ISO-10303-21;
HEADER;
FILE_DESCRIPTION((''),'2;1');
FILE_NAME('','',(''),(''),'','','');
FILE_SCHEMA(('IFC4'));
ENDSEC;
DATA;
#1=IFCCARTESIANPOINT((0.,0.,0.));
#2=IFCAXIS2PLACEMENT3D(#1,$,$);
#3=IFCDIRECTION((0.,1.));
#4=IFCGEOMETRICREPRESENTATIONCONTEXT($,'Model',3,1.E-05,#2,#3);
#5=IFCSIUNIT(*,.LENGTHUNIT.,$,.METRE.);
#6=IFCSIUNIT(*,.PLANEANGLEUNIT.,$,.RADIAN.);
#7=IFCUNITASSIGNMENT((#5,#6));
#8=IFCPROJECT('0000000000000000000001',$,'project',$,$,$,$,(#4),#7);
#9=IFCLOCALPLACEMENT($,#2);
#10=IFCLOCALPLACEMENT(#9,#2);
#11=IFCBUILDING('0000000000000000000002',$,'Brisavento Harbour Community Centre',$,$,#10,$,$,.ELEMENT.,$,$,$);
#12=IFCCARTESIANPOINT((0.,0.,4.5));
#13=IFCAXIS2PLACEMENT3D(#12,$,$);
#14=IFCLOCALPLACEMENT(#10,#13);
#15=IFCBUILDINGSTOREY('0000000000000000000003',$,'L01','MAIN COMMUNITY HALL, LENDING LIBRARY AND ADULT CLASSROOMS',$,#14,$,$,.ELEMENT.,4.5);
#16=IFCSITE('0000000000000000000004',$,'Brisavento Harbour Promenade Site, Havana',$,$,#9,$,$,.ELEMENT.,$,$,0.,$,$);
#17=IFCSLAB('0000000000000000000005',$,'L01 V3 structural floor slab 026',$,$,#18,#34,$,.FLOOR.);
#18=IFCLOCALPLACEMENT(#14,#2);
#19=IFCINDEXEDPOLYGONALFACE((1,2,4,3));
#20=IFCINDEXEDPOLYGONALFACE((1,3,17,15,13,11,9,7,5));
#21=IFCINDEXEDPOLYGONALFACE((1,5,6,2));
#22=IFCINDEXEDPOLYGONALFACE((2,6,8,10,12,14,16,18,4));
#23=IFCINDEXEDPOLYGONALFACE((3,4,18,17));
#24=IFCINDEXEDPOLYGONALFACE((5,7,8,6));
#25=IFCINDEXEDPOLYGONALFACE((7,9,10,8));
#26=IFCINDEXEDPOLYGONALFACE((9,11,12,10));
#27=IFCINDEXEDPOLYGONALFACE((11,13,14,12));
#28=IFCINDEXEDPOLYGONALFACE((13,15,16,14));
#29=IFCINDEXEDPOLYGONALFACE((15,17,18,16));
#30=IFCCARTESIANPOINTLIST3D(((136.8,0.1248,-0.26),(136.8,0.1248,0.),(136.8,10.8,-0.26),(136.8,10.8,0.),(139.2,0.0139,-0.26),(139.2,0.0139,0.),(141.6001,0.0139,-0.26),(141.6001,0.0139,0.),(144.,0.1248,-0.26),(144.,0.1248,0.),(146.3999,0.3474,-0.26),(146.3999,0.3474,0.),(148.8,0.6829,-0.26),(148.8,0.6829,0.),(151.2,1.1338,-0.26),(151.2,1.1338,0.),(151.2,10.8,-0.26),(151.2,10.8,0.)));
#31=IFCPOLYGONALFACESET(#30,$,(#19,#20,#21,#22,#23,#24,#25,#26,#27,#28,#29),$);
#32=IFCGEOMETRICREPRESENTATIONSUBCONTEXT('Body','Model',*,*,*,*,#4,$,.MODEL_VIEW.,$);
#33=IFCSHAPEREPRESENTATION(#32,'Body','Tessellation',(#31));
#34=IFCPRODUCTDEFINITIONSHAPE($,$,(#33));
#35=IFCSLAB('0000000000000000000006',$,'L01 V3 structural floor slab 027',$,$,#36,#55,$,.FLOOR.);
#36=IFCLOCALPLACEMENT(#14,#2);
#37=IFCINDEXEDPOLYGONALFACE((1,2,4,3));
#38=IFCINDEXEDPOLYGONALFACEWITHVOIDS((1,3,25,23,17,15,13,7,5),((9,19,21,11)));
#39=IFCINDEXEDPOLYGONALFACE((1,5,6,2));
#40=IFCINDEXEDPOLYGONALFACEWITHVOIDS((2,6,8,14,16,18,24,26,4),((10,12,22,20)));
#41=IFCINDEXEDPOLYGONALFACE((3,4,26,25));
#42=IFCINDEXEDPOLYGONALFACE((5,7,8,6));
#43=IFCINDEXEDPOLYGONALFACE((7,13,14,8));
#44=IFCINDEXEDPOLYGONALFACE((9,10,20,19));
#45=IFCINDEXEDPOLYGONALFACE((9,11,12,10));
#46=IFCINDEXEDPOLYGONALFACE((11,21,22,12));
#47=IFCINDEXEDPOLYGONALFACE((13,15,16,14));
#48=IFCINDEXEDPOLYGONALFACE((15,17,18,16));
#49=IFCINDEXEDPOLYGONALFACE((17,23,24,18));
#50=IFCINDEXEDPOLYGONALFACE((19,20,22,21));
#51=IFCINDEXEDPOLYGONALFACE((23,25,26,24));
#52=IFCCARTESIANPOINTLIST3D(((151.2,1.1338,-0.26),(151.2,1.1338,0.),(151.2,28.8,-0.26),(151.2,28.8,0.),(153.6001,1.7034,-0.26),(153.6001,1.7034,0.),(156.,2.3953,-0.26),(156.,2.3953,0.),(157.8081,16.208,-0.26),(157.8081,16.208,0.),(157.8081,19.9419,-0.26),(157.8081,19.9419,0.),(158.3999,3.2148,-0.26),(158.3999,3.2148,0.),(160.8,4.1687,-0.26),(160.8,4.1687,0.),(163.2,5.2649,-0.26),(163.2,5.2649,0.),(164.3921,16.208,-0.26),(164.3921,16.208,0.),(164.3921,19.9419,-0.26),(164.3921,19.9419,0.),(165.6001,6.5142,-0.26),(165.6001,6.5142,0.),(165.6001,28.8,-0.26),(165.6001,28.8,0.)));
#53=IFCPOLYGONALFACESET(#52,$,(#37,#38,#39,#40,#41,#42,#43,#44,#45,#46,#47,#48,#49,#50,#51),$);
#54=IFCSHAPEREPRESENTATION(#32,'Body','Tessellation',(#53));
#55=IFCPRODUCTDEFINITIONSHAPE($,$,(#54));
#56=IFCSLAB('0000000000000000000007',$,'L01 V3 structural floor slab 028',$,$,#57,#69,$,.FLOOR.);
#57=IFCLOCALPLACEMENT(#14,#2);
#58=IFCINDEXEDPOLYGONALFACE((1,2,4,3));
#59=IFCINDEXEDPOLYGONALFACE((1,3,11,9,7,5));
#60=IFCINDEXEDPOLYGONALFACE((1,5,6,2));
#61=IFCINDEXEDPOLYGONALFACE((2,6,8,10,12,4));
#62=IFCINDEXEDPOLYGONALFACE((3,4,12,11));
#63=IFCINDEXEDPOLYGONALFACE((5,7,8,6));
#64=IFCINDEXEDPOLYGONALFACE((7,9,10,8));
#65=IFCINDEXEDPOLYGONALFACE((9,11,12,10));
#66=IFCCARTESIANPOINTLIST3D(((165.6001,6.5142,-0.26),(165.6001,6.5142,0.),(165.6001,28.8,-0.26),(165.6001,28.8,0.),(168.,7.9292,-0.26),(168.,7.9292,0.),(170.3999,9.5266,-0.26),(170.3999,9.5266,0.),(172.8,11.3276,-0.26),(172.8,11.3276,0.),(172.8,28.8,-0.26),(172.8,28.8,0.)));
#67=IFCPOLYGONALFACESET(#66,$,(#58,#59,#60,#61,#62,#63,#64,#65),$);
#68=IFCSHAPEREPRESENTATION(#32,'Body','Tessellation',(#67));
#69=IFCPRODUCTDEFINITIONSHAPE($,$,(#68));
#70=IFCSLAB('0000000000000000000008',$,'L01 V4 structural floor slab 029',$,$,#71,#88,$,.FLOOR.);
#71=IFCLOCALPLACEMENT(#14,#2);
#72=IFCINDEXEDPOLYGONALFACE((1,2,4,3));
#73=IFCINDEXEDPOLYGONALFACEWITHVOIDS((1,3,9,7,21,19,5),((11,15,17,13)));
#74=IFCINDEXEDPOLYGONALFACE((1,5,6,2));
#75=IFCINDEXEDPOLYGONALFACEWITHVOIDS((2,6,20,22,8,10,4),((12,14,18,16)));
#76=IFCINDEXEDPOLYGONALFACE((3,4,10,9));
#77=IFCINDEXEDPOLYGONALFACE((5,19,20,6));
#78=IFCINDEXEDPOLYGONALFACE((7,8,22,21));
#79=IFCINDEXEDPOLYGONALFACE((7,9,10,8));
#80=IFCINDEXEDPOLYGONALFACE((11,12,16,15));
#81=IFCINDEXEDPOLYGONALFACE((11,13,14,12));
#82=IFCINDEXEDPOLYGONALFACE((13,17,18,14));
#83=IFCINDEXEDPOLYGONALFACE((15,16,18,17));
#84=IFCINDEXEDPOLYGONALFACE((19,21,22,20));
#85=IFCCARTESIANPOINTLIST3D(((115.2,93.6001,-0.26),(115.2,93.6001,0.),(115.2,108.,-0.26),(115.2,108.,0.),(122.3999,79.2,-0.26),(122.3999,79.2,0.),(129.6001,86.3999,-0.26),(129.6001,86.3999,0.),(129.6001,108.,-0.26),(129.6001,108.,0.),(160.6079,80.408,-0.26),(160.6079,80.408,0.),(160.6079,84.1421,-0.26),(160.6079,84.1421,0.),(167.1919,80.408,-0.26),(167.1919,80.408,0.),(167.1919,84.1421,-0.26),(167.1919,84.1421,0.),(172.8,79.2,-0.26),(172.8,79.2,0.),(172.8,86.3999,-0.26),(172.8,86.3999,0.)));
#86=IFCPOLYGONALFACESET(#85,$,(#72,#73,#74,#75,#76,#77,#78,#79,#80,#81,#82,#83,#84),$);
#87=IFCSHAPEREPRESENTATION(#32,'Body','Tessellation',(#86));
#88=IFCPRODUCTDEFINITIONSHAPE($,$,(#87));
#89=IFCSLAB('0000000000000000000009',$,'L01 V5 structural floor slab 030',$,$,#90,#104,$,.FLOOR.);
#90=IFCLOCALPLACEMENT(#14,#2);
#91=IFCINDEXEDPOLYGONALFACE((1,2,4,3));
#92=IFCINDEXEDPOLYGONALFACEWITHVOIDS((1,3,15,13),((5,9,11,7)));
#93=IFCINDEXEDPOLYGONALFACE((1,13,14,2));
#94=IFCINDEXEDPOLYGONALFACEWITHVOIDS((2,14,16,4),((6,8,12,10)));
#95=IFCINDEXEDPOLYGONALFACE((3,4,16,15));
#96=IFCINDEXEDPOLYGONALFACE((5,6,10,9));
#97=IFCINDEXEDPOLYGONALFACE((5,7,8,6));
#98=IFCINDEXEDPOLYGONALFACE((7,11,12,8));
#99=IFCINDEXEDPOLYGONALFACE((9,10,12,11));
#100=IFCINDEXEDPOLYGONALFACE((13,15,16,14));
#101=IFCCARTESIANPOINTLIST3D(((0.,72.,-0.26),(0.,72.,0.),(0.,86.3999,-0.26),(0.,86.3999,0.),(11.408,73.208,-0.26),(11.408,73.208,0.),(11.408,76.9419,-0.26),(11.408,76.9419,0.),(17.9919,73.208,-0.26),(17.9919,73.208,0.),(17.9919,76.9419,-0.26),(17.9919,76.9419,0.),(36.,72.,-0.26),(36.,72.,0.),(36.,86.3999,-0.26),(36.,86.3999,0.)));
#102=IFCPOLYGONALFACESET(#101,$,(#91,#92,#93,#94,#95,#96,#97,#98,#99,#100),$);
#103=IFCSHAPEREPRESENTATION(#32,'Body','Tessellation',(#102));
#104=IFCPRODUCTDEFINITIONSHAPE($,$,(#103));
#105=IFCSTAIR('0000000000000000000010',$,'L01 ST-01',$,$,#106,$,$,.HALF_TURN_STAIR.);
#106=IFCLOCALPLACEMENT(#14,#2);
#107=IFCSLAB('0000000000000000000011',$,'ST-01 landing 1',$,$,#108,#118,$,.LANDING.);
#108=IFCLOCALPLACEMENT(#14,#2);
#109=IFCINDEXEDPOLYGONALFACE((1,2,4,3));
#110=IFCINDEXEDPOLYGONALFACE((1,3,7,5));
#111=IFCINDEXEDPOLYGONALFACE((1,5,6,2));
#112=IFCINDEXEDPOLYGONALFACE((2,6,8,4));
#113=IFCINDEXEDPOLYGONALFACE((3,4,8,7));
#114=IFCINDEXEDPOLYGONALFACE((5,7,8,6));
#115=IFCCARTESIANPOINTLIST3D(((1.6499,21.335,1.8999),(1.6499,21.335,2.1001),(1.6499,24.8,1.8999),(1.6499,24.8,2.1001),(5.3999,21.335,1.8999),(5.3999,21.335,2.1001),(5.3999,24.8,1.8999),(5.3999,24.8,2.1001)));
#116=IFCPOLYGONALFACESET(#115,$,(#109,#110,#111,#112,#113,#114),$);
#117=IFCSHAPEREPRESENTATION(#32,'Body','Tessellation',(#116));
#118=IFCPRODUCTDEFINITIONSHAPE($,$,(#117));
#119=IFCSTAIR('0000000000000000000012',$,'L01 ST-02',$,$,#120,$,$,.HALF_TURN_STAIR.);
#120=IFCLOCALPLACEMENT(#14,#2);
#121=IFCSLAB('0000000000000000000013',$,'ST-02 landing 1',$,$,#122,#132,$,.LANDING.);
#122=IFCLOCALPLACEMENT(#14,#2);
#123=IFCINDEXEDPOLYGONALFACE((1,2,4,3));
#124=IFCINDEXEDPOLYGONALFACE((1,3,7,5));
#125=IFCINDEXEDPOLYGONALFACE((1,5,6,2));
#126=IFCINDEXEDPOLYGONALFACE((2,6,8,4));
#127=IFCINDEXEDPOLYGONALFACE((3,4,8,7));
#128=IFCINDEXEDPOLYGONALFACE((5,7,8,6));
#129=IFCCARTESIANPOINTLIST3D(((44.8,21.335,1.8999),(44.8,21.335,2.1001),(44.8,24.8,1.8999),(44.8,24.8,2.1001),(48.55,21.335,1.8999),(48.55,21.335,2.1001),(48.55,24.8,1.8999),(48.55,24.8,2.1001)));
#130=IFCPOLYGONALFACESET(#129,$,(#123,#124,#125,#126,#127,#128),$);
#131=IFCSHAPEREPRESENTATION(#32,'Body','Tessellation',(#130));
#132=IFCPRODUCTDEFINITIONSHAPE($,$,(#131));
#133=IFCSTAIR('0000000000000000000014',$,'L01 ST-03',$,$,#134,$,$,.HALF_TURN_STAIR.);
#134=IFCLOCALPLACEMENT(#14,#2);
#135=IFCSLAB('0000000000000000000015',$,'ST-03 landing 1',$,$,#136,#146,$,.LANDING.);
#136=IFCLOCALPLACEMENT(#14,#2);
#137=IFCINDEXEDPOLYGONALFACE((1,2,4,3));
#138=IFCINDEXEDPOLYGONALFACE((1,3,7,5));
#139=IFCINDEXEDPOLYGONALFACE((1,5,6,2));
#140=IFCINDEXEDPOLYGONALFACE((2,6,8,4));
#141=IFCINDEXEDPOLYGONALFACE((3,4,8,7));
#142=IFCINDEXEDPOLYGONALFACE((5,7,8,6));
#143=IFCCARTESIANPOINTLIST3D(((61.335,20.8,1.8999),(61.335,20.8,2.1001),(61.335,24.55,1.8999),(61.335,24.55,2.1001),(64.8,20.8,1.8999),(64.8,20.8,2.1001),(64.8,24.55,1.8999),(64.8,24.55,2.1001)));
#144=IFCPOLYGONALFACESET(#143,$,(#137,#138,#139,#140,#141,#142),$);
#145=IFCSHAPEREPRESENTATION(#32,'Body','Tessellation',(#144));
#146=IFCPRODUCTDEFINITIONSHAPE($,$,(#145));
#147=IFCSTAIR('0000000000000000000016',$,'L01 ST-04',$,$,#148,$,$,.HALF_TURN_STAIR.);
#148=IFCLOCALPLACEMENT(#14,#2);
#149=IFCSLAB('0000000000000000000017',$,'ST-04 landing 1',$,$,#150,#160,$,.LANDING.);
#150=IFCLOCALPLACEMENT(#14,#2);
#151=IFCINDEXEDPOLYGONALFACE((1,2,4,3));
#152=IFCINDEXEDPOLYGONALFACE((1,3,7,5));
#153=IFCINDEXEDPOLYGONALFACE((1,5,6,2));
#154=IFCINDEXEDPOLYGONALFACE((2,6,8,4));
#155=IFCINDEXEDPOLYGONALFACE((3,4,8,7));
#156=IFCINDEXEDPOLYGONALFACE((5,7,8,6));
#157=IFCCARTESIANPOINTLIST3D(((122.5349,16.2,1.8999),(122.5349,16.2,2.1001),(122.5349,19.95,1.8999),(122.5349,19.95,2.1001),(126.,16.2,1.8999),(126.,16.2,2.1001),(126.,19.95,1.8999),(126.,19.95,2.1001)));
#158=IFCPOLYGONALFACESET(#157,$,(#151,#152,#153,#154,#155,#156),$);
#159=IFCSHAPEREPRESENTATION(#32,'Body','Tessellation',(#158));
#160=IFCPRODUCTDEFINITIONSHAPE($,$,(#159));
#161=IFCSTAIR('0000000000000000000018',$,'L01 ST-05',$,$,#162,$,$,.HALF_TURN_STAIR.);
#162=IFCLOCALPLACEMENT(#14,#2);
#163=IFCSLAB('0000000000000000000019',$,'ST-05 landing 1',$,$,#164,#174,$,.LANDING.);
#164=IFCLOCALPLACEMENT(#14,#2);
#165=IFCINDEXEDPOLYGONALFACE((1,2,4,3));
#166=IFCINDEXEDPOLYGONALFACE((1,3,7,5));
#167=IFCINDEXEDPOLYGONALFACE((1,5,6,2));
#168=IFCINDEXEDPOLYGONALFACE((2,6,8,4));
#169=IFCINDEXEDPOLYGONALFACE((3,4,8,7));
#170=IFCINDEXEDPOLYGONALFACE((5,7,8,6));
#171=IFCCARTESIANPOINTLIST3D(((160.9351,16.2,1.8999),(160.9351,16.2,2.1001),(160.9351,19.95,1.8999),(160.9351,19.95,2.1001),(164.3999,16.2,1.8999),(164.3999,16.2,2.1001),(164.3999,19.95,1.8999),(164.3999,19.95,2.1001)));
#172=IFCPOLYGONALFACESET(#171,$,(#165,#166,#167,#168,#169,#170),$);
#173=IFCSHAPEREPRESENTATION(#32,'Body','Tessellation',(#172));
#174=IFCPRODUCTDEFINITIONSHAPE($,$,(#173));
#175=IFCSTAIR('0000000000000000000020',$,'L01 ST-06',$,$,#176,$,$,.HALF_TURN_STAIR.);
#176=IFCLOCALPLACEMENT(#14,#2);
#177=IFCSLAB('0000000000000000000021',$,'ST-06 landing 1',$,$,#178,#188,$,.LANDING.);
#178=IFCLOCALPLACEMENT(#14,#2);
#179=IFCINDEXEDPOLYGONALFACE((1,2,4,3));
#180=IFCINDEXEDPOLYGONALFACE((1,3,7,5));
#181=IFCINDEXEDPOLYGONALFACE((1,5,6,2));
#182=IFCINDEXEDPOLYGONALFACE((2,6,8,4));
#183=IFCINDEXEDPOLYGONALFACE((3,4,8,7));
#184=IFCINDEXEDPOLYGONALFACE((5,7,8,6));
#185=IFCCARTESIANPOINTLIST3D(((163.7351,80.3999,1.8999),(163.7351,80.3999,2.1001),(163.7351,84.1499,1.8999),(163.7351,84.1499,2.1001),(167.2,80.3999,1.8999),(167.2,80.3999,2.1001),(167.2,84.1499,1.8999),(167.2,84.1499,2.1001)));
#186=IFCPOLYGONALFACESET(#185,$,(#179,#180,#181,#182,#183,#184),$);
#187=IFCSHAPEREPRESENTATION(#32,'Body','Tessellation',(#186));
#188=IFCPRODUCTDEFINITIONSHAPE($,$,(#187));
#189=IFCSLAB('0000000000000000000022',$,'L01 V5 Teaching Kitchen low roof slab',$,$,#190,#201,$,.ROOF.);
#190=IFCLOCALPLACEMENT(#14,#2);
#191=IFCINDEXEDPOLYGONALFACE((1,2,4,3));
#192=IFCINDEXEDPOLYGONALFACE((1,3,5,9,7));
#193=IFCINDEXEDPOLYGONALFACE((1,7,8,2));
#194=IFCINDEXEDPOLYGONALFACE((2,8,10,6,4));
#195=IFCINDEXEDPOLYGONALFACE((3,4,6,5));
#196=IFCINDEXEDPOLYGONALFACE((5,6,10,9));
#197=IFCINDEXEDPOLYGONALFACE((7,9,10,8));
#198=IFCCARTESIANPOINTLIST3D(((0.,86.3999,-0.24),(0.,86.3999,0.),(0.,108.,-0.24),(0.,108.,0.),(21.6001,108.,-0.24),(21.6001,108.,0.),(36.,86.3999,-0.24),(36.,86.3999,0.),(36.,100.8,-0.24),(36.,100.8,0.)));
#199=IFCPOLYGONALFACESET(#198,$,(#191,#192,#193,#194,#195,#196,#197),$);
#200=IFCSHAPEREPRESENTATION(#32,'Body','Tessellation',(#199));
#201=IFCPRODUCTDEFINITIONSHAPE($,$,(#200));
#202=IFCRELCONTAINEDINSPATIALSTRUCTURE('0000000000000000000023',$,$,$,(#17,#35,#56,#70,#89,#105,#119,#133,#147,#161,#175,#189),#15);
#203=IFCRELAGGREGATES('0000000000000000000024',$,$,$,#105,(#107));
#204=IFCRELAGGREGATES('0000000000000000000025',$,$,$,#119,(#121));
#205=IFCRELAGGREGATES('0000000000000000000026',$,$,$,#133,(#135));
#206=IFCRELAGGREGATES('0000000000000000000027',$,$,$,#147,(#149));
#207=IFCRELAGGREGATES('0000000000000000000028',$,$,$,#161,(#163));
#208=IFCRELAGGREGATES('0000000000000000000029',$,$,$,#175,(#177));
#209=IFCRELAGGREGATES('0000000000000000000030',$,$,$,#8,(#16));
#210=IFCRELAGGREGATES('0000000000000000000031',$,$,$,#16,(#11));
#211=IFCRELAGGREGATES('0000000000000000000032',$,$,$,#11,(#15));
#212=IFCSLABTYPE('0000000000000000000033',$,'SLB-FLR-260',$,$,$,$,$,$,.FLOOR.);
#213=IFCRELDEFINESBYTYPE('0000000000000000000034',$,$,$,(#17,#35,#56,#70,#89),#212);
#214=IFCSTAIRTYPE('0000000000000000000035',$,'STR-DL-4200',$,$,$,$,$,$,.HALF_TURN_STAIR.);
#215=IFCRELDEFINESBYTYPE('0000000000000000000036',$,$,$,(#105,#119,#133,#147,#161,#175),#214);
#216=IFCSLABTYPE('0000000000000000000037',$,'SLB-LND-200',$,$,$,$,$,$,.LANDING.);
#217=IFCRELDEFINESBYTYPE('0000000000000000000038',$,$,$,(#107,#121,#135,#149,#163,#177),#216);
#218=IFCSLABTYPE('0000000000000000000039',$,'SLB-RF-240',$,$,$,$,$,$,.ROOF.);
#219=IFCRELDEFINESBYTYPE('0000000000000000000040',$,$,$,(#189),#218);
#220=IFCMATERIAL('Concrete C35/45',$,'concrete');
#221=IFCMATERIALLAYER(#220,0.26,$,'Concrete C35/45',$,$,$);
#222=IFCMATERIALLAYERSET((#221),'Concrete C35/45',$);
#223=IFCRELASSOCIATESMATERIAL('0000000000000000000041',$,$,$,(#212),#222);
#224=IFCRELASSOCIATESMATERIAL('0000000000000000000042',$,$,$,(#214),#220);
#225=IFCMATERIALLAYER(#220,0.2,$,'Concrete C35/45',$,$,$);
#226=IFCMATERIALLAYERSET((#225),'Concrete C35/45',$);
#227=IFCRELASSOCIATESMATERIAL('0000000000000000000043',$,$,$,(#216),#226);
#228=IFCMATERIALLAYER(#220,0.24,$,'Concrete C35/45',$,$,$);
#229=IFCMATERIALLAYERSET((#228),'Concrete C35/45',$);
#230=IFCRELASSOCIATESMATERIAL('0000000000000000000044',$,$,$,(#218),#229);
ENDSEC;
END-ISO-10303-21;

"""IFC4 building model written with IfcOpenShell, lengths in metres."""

from ifc_helpers import new_model, si_unit, direction, frame, origin, place, context, subcontext, project, spatial, polyline, outline, extrude, material, layer, layer_set, type_object, element, aggregate, save


model = new_model("IFC4")

# Units and contexts
model_context = context("Model", 3, precision=1e-05, world=origin(), true_north=direction((0.0, 1.0)))
body_context = subcontext(model_context, "Body", "Model", "MODEL_VIEW")
ifc_project = project(units=[si_unit("LENGTHUNIT", "METRE"), si_unit("PLANEANGLEUNIT", "RADIAN")], contexts=[model_context])

# Site, building, storey
site_placement = place(None, origin())
site = spatial("IfcSite", under=ifc_project, at=site_placement, Name="Brisavento Harbour Promenade Site, Havana", CompositionType="ELEMENT", RefElevation=0.0)
building_placement = place(site_placement, origin())
building = spatial("IfcBuilding", under=site, at=building_placement, Name="Brisavento Harbour Community Centre", CompositionType="ELEMENT")
storey_placement = place(building_placement, frame((0.0, 0.0, 4.5)))
storey = spatial("IfcBuildingStorey", under=building, at=storey_placement, Name="L01", Description="MAIN COMMUNITY HALL, LENDING LIBRARY AND ADULT CLASSROOMS", CompositionType="ELEMENT", Elevation=4.5)

# Slabs
ifc_material_1 = material(Name="Concrete C35/45", Category="concrete")
ifc_layer_1 = layer(ifc_material_1, 0.26, Name="Concrete C35/45")
ifc_layer_set_1 = layer_set([ifc_layer_1], Name="Concrete C35/45")
slab_type_1 = type_object("IfcSlabType", Name="SLB-FLR-260", PredefinedType="FLOOR", material=ifc_layer_set_1)
slab_1_placement = place(storey_placement, frame((0.0, 0.0, -0.26)))
element("IfcSlab", 1, at=slab_1_placement, inside=storey, type_object=slab_type_1, Name="L01 V3 structural floor slab 026", PredefinedType="FLOOR", context=body_context, shape_type="SweptSolid", body=[
    extrude(outline(polyline([(151.2, 1.1338), (151.2, 10.8), (136.8, 10.8), (136.8, 0.1248), (139.2, 0.0139), (141.6001, 0.0139), (144.0, 0.1248), (146.3999, 0.3474), (148.8, 0.6829), (151.2, 1.1338)])), origin(), (0.0, 0.0, 1.0), 0.26),
])
slab_2_placement = place(storey_placement, frame((0.0, 0.0, -0.26)))
element("IfcSlab", 2, at=slab_2_placement, inside=storey, type_object=slab_type_1, Name="L01 V3 structural floor slab 027", PredefinedType="FLOOR", context=body_context, shape_type="SweptSolid", body=[
    extrude(outline(polyline([(151.2, 28.8), (151.2, 1.1338), (153.6001, 1.7034), (156.0, 2.3953), (158.3999, 3.2148), (160.8, 4.1687), (163.2, 5.2649), (165.6001, 6.5142), (165.6001, 28.8), (151.2, 28.8)]), holes=[polyline([(164.3921, 16.208), (157.8081, 16.208), (157.8081, 19.9419), (164.3921, 19.9419), (164.3921, 16.208)])]), origin(), (0.0, 0.0, 1.0), 0.26),
])
slab_3_placement = place(storey_placement, frame((0.0, 0.0, -0.26)))
element("IfcSlab", 3, at=slab_3_placement, inside=storey, type_object=slab_type_1, Name="L01 V3 structural floor slab 028", PredefinedType="FLOOR", context=body_context, shape_type="SweptSolid", body=[
    extrude(outline(polyline([(165.6001, 28.8), (165.6001, 6.5142), (168.0, 7.9292), (170.3999, 9.5266), (172.8, 11.3276), (172.8, 28.8), (165.6001, 28.8)])), origin(), (0.0, 0.0, 1.0), 0.26),
])
slab_4_placement = place(storey_placement, frame((0.0, 0.0, -0.26)))
element("IfcSlab", 4, at=slab_4_placement, inside=storey, type_object=slab_type_1, Name="L01 V4 structural floor slab 029", PredefinedType="FLOOR", context=body_context, shape_type="SweptSolid", body=[
    extrude(outline(polyline([(122.3999, 79.2), (172.8, 79.2), (172.8, 86.3999), (129.6001, 86.3999), (129.6001, 108.0), (115.2, 108.0), (115.2, 93.6001), (122.3999, 79.2)]), holes=[polyline([(160.6079, 80.408), (160.6079, 84.1421), (167.1919, 84.1421), (167.1919, 80.408), (160.6079, 80.408)])]), origin(), (0.0, 0.0, 1.0), 0.26),
])
slab_5_placement = place(storey_placement, frame((0.0, 0.0, -0.26)))
element("IfcSlab", 5, at=slab_5_placement, inside=storey, type_object=slab_type_1, Name="L01 V5 structural floor slab 030", PredefinedType="FLOOR", context=body_context, shape_type="SweptSolid", body=[
    extrude(outline(polyline([(0.0, 72.0), (36.0, 72.0), (36.0, 86.3999), (0.0, 86.3999), (0.0, 72.0)]), holes=[polyline([(17.9919, 73.208), (11.408, 73.208), (11.408, 76.9419), (17.9919, 76.9419), (17.9919, 73.208)])]), origin(), (0.0, 0.0, 1.0), 0.26),
])

# Stairs, slabs
stair_type = type_object("IfcStairType", Name="STR-DL-4200", PredefinedType="HALF_TURN_STAIR", material=ifc_material_1)
stair_1_placement = place(storey_placement, origin())
stair_1 = element("IfcStair", 6, at=stair_1_placement, inside=storey, type_object=stair_type, Name="L01 ST-01", PredefinedType="HALF_TURN_STAIR")
ifc_layer_2 = layer(ifc_material_1, 0.2, Name="Concrete C35/45")
ifc_layer_set_2 = layer_set([ifc_layer_2], Name="Concrete C35/45")
slab_type_2 = type_object("IfcSlabType", Name="SLB-LND-200", PredefinedType="LANDING", material=ifc_layer_set_2)
slab_6_placement = place(storey_placement, frame((0.0, 0.0, 1.8999)))
slab_6 = element("IfcSlab", 7, at=slab_6_placement, type_object=slab_type_2, Name="ST-01 landing 1", PredefinedType="LANDING", context=body_context, shape_type="SweptSolid", body=[
    extrude(outline(polyline([(5.3999, 21.335), (5.3999, 24.8), (1.6499, 24.8), (1.6499, 21.335), (5.3999, 21.335)])), origin(), (0.0, 0.0, 1.0), 0.2002),
])
aggregate(stair_1, [slab_6])
stair_2_placement = place(storey_placement, origin())
stair_2 = element("IfcStair", 8, at=stair_2_placement, inside=storey, type_object=stair_type, Name="L01 ST-02", PredefinedType="HALF_TURN_STAIR")
slab_7_placement = place(storey_placement, frame((0.0, 0.0, 1.8999)))
slab_7 = element("IfcSlab", 9, at=slab_7_placement, type_object=slab_type_2, Name="ST-02 landing 1", PredefinedType="LANDING", context=body_context, shape_type="SweptSolid", body=[
    extrude(outline(polyline([(48.55, 21.335), (48.55, 24.8), (44.8, 24.8), (44.8, 21.335), (48.55, 21.335)])), origin(), (0.0, 0.0, 1.0), 0.2002),
])
aggregate(stair_2, [slab_7])
stair_3_placement = place(storey_placement, origin())
stair_3 = element("IfcStair", 10, at=stair_3_placement, inside=storey, type_object=stair_type, Name="L01 ST-03", PredefinedType="HALF_TURN_STAIR")
slab_8_placement = place(storey_placement, frame((0.0, 0.0, 1.8999)))
slab_8 = element("IfcSlab", 11, at=slab_8_placement, type_object=slab_type_2, Name="ST-03 landing 1", PredefinedType="LANDING", context=body_context, shape_type="SweptSolid", body=[
    extrude(outline(polyline([(61.335, 20.8), (64.8, 20.8), (64.8, 24.55), (61.335, 24.55), (61.335, 20.8)])), origin(), (0.0, 0.0, 1.0), 0.2002),
])
aggregate(stair_3, [slab_8])
stair_4_placement = place(storey_placement, origin())
stair_4 = element("IfcStair", 12, at=stair_4_placement, inside=storey, type_object=stair_type, Name="L01 ST-04", PredefinedType="HALF_TURN_STAIR")
slab_9_placement = place(storey_placement, frame((0.0, 0.0, 1.8999)))
slab_9 = element("IfcSlab", 13, at=slab_9_placement, type_object=slab_type_2, Name="ST-04 landing 1", PredefinedType="LANDING", context=body_context, shape_type="SweptSolid", body=[
    extrude(outline(polyline([(122.5349, 16.2), (126.0, 16.2), (126.0, 19.95), (122.5349, 19.95), (122.5349, 16.2)])), origin(), (0.0, 0.0, 1.0), 0.2002),
])
aggregate(stair_4, [slab_9])
stair_5_placement = place(storey_placement, origin())
stair_5 = element("IfcStair", 14, at=stair_5_placement, inside=storey, type_object=stair_type, Name="L01 ST-05", PredefinedType="HALF_TURN_STAIR")
slab_10_placement = place(storey_placement, frame((0.0, 0.0, 1.8999)))
slab_10 = element("IfcSlab", 15, at=slab_10_placement, type_object=slab_type_2, Name="ST-05 landing 1", PredefinedType="LANDING", context=body_context, shape_type="SweptSolid", body=[
    extrude(outline(polyline([(160.9351, 16.2), (164.3999, 16.2), (164.3999, 19.95), (160.9351, 19.95), (160.9351, 16.2)])), origin(), (0.0, 0.0, 1.0), 0.2002),
])
aggregate(stair_5, [slab_10])
stair_6_placement = place(storey_placement, origin())
stair_6 = element("IfcStair", 16, at=stair_6_placement, inside=storey, type_object=stair_type, Name="L01 ST-06", PredefinedType="HALF_TURN_STAIR")
slab_11_placement = place(storey_placement, frame((0.0, 0.0, 1.8999)))
slab_11 = element("IfcSlab", 17, at=slab_11_placement, type_object=slab_type_2, Name="ST-06 landing 1", PredefinedType="LANDING", context=body_context, shape_type="SweptSolid", body=[
    extrude(outline(polyline([(163.7351, 80.3999), (167.2, 80.3999), (167.2, 84.1499), (163.7351, 84.1499), (163.7351, 80.3999)])), origin(), (0.0, 0.0, 1.0), 0.2002),
])
aggregate(stair_6, [slab_11])

# Slab
ifc_layer_3 = layer(ifc_material_1, 0.24, Name="Concrete C35/45")
ifc_layer_set_3 = layer_set([ifc_layer_3], Name="Concrete C35/45")
slab_type_3 = type_object("IfcSlabType", Name="SLB-RF-240", PredefinedType="ROOF", material=ifc_layer_set_3)
slab_12_placement = place(storey_placement, frame((0.0, 0.0, -0.24)))
element("IfcSlab", 18, at=slab_12_placement, inside=storey, type_object=slab_type_3, Name="L01 V5 Teaching Kitchen low roof slab", PredefinedType="ROOF", context=body_context, shape_type="SweptSolid", body=[
    extrude(outline(polyline([(0.0, 86.3999), (36.0, 86.3999), (36.0, 100.8), (21.6001, 108.0), (0.0, 108.0), (0.0, 86.3999)])), origin(), (0.0, 0.0, 1.0), 0.24),
])

save(model, "model.ifc")
